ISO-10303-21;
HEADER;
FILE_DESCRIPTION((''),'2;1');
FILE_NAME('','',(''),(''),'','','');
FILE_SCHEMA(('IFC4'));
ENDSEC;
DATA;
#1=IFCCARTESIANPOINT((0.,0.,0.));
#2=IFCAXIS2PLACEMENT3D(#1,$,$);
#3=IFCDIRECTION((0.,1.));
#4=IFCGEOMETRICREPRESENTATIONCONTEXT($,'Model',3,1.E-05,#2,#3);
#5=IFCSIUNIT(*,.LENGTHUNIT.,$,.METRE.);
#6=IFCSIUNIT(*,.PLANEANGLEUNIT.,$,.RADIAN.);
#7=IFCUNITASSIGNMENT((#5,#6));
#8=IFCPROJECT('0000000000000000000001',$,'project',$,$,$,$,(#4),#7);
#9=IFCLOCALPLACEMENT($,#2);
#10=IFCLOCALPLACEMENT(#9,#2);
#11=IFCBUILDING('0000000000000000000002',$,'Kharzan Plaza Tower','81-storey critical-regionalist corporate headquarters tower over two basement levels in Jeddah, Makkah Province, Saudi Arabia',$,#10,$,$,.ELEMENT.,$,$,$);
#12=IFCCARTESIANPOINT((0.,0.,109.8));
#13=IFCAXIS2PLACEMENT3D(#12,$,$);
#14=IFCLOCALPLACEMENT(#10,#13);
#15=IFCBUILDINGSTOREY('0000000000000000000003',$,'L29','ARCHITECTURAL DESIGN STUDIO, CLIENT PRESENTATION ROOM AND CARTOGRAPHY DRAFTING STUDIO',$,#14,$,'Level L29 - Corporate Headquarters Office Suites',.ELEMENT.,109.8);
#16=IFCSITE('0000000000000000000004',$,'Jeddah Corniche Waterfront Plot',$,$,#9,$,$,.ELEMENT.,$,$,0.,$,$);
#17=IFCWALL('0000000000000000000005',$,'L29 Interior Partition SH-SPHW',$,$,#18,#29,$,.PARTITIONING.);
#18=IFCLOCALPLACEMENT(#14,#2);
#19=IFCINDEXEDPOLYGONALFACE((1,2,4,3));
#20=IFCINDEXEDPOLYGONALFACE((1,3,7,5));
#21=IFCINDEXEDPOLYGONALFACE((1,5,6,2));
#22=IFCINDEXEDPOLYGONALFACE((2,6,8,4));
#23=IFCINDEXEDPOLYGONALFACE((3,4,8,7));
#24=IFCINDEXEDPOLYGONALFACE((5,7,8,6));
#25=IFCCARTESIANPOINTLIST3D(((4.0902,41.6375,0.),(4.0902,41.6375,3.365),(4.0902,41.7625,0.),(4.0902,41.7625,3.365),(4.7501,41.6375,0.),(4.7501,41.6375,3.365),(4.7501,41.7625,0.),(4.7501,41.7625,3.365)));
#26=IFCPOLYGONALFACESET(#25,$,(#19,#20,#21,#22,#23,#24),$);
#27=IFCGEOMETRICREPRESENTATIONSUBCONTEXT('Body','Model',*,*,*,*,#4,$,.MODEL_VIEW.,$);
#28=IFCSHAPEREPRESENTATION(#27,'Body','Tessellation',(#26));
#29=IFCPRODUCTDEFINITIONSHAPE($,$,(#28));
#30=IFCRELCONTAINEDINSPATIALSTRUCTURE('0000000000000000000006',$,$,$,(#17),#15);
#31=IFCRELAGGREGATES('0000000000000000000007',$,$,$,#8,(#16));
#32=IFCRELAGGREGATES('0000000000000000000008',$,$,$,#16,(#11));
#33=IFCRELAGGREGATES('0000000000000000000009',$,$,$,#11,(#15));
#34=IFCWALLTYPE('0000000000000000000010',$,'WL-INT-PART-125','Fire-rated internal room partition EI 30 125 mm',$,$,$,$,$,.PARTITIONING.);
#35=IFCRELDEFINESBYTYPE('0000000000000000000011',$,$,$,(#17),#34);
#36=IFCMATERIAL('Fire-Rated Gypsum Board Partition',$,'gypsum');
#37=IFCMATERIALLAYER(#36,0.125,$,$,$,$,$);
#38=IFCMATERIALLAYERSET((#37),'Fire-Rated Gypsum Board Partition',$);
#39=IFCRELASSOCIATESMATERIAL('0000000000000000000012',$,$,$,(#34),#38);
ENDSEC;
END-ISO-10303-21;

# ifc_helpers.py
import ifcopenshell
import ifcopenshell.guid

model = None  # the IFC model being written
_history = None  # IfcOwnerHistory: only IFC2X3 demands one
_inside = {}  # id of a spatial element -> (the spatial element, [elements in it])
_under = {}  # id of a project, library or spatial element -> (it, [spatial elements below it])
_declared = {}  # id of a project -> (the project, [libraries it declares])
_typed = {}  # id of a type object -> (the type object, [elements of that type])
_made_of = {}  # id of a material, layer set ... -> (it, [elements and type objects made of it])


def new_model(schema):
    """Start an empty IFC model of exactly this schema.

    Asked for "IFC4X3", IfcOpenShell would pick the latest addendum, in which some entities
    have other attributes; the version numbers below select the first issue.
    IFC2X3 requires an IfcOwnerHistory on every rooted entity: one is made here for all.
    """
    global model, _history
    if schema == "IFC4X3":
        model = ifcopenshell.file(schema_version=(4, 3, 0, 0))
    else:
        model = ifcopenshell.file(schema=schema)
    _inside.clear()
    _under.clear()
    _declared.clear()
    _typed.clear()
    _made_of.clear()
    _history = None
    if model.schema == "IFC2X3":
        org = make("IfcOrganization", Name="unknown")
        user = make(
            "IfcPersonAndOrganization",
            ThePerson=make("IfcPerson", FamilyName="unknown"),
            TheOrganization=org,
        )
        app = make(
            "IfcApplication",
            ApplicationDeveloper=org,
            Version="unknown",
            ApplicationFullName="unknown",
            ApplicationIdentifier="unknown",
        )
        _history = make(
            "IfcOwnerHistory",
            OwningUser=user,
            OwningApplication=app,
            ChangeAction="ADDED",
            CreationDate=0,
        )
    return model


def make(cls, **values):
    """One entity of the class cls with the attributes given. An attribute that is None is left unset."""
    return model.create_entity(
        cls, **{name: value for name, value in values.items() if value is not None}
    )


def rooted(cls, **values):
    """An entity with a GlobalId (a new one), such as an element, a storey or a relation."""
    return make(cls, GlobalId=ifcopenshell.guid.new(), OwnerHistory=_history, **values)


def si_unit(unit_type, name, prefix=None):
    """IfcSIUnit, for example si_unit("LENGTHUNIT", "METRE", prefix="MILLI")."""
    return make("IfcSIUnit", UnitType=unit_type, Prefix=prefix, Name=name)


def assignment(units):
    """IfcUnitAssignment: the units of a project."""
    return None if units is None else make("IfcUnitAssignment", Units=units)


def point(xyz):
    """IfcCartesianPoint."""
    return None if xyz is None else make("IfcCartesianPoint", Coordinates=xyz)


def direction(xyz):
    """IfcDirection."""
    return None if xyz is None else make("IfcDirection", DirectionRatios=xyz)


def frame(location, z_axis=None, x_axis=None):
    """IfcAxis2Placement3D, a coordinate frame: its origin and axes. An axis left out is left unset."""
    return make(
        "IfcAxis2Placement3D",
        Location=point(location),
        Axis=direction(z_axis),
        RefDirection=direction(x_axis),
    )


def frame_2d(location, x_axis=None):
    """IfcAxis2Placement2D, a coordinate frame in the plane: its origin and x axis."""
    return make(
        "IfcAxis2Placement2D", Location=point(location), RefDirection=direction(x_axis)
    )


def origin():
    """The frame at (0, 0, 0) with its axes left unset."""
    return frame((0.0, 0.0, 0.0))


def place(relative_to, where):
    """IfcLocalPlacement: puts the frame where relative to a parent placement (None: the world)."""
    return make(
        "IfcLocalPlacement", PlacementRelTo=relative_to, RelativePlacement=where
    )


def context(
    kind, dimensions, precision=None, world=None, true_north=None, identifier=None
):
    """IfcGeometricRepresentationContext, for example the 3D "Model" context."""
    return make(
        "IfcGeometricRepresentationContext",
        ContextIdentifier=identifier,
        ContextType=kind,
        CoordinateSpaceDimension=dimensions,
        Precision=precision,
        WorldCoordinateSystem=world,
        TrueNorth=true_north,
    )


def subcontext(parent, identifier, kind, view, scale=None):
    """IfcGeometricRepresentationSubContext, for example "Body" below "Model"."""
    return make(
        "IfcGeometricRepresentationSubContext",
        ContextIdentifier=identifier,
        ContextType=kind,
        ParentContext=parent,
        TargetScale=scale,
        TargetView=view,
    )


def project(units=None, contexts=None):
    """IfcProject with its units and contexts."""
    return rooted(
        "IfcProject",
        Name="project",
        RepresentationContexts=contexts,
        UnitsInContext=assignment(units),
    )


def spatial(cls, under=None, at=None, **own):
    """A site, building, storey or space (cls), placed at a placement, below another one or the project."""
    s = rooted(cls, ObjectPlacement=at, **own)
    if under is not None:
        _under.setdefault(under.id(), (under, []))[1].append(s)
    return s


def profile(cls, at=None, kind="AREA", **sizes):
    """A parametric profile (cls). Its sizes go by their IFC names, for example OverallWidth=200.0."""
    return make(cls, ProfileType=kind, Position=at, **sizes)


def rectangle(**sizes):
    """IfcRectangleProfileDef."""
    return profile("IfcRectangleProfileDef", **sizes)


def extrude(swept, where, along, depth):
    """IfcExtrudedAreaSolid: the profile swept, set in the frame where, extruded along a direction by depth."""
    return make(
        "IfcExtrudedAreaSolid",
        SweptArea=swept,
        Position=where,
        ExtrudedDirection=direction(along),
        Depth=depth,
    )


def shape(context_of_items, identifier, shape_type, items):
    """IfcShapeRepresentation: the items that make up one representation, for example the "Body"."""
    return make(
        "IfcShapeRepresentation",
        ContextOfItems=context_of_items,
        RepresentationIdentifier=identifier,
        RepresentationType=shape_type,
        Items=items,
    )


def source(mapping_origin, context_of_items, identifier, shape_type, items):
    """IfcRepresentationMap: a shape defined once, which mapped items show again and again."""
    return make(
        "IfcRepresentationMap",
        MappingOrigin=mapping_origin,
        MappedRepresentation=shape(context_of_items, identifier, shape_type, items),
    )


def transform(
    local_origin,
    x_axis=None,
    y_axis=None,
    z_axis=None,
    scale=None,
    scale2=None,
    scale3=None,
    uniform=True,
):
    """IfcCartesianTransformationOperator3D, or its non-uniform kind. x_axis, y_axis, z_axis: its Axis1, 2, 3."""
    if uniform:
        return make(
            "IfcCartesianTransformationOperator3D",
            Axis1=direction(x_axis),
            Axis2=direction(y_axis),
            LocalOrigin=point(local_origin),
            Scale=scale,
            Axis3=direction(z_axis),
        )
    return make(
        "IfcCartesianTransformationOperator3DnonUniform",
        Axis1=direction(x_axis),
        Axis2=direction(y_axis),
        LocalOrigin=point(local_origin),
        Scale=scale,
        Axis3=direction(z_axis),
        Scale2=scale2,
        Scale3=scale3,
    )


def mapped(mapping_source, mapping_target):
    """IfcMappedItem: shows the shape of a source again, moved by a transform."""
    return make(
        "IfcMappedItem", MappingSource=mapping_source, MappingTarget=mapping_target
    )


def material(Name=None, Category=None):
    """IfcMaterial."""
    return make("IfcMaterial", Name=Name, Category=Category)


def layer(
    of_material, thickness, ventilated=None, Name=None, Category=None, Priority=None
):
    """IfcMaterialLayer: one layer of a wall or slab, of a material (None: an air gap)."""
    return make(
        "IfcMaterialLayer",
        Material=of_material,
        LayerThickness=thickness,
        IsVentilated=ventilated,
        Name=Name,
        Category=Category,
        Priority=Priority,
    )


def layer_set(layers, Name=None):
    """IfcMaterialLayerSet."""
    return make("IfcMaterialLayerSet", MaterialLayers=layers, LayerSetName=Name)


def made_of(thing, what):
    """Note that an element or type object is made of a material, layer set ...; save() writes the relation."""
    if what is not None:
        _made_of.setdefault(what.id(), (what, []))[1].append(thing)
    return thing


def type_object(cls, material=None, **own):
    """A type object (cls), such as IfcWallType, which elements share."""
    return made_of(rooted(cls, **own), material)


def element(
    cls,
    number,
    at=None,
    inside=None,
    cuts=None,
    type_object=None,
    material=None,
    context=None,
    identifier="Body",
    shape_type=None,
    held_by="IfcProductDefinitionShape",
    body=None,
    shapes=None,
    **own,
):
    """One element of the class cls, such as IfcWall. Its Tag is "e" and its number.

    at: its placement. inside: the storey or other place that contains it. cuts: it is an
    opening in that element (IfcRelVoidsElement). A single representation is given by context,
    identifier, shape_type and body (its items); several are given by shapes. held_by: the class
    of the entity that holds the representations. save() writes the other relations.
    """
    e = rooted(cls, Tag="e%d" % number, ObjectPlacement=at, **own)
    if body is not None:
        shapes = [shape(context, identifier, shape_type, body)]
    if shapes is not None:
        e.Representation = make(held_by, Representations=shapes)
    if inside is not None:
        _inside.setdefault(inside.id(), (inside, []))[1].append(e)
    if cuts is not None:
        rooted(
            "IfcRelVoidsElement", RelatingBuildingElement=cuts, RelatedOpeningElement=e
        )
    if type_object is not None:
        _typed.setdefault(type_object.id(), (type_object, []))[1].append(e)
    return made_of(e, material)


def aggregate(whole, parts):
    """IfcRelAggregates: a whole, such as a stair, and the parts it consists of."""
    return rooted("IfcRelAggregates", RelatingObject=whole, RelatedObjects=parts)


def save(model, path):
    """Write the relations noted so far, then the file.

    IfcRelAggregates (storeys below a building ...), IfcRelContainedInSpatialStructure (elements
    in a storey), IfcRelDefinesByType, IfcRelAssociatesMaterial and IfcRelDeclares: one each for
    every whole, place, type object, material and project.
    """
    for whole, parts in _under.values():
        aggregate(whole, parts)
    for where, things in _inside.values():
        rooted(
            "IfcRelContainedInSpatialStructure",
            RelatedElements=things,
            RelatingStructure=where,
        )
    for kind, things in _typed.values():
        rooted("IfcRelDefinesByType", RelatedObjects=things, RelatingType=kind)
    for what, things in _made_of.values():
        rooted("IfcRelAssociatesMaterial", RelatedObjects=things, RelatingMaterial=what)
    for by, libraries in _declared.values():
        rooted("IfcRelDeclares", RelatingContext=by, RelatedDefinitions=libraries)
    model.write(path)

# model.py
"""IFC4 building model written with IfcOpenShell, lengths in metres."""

from ifc_helpers import new_model, si_unit, direction, frame, frame_2d, origin, place, context, subcontext, project, spatial, rectangle, extrude, source, transform, mapped, material, layer, layer_set, type_object, element, save


model = new_model("IFC4")

# Units and contexts
model_context = context("Model", 3, precision=1e-05, world=origin(), true_north=direction((0.0, 1.0)))
body_context = subcontext(model_context, "Body", "Model", "MODEL_VIEW")
ifc_project = project(units=[si_unit("LENGTHUNIT", "METRE"), si_unit("PLANEANGLEUNIT", "RADIAN")], contexts=[model_context])

# Site, building, storey
site_placement = place(None, origin())
site = spatial("IfcSite", under=ifc_project, at=site_placement, Name="Jeddah Corniche Waterfront Plot", CompositionType="ELEMENT", RefElevation=0.0)
building_placement = place(site_placement, origin())
building = spatial("IfcBuilding", under=site, at=building_placement, Name="Kharzan Plaza Tower", Description="81-storey critical-regionalist corporate headquarters tower over two basement levels in Jeddah, Makkah Province, Saudi Arabia", CompositionType="ELEMENT")
storey_placement = place(building_placement, frame((0.0, 0.0, 109.8)))
storey = spatial("IfcBuildingStorey", under=building, at=storey_placement, Name="L29", Description="ARCHITECTURAL DESIGN STUDIO, CLIENT PRESENTATION ROOM AND CARTOGRAPHY DRAFTING STUDIO", LongName="Level L29 - Corporate Headquarters Office Suites", CompositionType="ELEMENT", Elevation=109.8)

# Shared definitions
ifc_material_1 = material(Name="Fire-Rated Gypsum Board Partition", Category="gypsum")
ifc_layer_1 = layer(ifc_material_1, 0.125)
ifc_layer_set_1 = layer_set([ifc_layer_1], Name="Fire-Rated Gypsum Board Partition")
wall_type_1 = type_object("IfcWallType", Name="WL-INT-PART-125", Description="Fire-rated internal room partition EI 30 125 mm", PredefinedType="PARTITIONING", material=ifc_layer_set_1)

# Wall
shared_shape_1 = source(origin(), body_context, "Body", "SweptSolid", [
    extrude(rectangle(XDim=0.6599, YDim=0.125, at=frame_2d((0.3301, 0.0))), origin(), (0.0, 0.0, 1.0), 3.365),
])
for number, where, z_axis, x_axis, name in (
    (1, (4.0901, 41.7, 0.0), (0.0, 0.0, 1.0), (1.0, 0.0, 0.0), "L29 Interior Partition SH-SPHW"),
):
    element("IfcWall", number, at=place(storey_placement, frame(where, z_axis=z_axis, x_axis=x_axis)), inside=storey, type_object=wall_type_1, Name=name, PredefinedType="PARTITIONING", context=body_context, shape_type="MappedRepresentation", body=[
        mapped(shared_shape_1, transform((0.0, 0.0, 0.0), x_axis=(1.0, 0.0, 0.0), y_axis=(0.0, 1.0, 0.0), z_axis=(0.0, 0.0, 1.0))),
    ])

save(model, "model.ifc")
